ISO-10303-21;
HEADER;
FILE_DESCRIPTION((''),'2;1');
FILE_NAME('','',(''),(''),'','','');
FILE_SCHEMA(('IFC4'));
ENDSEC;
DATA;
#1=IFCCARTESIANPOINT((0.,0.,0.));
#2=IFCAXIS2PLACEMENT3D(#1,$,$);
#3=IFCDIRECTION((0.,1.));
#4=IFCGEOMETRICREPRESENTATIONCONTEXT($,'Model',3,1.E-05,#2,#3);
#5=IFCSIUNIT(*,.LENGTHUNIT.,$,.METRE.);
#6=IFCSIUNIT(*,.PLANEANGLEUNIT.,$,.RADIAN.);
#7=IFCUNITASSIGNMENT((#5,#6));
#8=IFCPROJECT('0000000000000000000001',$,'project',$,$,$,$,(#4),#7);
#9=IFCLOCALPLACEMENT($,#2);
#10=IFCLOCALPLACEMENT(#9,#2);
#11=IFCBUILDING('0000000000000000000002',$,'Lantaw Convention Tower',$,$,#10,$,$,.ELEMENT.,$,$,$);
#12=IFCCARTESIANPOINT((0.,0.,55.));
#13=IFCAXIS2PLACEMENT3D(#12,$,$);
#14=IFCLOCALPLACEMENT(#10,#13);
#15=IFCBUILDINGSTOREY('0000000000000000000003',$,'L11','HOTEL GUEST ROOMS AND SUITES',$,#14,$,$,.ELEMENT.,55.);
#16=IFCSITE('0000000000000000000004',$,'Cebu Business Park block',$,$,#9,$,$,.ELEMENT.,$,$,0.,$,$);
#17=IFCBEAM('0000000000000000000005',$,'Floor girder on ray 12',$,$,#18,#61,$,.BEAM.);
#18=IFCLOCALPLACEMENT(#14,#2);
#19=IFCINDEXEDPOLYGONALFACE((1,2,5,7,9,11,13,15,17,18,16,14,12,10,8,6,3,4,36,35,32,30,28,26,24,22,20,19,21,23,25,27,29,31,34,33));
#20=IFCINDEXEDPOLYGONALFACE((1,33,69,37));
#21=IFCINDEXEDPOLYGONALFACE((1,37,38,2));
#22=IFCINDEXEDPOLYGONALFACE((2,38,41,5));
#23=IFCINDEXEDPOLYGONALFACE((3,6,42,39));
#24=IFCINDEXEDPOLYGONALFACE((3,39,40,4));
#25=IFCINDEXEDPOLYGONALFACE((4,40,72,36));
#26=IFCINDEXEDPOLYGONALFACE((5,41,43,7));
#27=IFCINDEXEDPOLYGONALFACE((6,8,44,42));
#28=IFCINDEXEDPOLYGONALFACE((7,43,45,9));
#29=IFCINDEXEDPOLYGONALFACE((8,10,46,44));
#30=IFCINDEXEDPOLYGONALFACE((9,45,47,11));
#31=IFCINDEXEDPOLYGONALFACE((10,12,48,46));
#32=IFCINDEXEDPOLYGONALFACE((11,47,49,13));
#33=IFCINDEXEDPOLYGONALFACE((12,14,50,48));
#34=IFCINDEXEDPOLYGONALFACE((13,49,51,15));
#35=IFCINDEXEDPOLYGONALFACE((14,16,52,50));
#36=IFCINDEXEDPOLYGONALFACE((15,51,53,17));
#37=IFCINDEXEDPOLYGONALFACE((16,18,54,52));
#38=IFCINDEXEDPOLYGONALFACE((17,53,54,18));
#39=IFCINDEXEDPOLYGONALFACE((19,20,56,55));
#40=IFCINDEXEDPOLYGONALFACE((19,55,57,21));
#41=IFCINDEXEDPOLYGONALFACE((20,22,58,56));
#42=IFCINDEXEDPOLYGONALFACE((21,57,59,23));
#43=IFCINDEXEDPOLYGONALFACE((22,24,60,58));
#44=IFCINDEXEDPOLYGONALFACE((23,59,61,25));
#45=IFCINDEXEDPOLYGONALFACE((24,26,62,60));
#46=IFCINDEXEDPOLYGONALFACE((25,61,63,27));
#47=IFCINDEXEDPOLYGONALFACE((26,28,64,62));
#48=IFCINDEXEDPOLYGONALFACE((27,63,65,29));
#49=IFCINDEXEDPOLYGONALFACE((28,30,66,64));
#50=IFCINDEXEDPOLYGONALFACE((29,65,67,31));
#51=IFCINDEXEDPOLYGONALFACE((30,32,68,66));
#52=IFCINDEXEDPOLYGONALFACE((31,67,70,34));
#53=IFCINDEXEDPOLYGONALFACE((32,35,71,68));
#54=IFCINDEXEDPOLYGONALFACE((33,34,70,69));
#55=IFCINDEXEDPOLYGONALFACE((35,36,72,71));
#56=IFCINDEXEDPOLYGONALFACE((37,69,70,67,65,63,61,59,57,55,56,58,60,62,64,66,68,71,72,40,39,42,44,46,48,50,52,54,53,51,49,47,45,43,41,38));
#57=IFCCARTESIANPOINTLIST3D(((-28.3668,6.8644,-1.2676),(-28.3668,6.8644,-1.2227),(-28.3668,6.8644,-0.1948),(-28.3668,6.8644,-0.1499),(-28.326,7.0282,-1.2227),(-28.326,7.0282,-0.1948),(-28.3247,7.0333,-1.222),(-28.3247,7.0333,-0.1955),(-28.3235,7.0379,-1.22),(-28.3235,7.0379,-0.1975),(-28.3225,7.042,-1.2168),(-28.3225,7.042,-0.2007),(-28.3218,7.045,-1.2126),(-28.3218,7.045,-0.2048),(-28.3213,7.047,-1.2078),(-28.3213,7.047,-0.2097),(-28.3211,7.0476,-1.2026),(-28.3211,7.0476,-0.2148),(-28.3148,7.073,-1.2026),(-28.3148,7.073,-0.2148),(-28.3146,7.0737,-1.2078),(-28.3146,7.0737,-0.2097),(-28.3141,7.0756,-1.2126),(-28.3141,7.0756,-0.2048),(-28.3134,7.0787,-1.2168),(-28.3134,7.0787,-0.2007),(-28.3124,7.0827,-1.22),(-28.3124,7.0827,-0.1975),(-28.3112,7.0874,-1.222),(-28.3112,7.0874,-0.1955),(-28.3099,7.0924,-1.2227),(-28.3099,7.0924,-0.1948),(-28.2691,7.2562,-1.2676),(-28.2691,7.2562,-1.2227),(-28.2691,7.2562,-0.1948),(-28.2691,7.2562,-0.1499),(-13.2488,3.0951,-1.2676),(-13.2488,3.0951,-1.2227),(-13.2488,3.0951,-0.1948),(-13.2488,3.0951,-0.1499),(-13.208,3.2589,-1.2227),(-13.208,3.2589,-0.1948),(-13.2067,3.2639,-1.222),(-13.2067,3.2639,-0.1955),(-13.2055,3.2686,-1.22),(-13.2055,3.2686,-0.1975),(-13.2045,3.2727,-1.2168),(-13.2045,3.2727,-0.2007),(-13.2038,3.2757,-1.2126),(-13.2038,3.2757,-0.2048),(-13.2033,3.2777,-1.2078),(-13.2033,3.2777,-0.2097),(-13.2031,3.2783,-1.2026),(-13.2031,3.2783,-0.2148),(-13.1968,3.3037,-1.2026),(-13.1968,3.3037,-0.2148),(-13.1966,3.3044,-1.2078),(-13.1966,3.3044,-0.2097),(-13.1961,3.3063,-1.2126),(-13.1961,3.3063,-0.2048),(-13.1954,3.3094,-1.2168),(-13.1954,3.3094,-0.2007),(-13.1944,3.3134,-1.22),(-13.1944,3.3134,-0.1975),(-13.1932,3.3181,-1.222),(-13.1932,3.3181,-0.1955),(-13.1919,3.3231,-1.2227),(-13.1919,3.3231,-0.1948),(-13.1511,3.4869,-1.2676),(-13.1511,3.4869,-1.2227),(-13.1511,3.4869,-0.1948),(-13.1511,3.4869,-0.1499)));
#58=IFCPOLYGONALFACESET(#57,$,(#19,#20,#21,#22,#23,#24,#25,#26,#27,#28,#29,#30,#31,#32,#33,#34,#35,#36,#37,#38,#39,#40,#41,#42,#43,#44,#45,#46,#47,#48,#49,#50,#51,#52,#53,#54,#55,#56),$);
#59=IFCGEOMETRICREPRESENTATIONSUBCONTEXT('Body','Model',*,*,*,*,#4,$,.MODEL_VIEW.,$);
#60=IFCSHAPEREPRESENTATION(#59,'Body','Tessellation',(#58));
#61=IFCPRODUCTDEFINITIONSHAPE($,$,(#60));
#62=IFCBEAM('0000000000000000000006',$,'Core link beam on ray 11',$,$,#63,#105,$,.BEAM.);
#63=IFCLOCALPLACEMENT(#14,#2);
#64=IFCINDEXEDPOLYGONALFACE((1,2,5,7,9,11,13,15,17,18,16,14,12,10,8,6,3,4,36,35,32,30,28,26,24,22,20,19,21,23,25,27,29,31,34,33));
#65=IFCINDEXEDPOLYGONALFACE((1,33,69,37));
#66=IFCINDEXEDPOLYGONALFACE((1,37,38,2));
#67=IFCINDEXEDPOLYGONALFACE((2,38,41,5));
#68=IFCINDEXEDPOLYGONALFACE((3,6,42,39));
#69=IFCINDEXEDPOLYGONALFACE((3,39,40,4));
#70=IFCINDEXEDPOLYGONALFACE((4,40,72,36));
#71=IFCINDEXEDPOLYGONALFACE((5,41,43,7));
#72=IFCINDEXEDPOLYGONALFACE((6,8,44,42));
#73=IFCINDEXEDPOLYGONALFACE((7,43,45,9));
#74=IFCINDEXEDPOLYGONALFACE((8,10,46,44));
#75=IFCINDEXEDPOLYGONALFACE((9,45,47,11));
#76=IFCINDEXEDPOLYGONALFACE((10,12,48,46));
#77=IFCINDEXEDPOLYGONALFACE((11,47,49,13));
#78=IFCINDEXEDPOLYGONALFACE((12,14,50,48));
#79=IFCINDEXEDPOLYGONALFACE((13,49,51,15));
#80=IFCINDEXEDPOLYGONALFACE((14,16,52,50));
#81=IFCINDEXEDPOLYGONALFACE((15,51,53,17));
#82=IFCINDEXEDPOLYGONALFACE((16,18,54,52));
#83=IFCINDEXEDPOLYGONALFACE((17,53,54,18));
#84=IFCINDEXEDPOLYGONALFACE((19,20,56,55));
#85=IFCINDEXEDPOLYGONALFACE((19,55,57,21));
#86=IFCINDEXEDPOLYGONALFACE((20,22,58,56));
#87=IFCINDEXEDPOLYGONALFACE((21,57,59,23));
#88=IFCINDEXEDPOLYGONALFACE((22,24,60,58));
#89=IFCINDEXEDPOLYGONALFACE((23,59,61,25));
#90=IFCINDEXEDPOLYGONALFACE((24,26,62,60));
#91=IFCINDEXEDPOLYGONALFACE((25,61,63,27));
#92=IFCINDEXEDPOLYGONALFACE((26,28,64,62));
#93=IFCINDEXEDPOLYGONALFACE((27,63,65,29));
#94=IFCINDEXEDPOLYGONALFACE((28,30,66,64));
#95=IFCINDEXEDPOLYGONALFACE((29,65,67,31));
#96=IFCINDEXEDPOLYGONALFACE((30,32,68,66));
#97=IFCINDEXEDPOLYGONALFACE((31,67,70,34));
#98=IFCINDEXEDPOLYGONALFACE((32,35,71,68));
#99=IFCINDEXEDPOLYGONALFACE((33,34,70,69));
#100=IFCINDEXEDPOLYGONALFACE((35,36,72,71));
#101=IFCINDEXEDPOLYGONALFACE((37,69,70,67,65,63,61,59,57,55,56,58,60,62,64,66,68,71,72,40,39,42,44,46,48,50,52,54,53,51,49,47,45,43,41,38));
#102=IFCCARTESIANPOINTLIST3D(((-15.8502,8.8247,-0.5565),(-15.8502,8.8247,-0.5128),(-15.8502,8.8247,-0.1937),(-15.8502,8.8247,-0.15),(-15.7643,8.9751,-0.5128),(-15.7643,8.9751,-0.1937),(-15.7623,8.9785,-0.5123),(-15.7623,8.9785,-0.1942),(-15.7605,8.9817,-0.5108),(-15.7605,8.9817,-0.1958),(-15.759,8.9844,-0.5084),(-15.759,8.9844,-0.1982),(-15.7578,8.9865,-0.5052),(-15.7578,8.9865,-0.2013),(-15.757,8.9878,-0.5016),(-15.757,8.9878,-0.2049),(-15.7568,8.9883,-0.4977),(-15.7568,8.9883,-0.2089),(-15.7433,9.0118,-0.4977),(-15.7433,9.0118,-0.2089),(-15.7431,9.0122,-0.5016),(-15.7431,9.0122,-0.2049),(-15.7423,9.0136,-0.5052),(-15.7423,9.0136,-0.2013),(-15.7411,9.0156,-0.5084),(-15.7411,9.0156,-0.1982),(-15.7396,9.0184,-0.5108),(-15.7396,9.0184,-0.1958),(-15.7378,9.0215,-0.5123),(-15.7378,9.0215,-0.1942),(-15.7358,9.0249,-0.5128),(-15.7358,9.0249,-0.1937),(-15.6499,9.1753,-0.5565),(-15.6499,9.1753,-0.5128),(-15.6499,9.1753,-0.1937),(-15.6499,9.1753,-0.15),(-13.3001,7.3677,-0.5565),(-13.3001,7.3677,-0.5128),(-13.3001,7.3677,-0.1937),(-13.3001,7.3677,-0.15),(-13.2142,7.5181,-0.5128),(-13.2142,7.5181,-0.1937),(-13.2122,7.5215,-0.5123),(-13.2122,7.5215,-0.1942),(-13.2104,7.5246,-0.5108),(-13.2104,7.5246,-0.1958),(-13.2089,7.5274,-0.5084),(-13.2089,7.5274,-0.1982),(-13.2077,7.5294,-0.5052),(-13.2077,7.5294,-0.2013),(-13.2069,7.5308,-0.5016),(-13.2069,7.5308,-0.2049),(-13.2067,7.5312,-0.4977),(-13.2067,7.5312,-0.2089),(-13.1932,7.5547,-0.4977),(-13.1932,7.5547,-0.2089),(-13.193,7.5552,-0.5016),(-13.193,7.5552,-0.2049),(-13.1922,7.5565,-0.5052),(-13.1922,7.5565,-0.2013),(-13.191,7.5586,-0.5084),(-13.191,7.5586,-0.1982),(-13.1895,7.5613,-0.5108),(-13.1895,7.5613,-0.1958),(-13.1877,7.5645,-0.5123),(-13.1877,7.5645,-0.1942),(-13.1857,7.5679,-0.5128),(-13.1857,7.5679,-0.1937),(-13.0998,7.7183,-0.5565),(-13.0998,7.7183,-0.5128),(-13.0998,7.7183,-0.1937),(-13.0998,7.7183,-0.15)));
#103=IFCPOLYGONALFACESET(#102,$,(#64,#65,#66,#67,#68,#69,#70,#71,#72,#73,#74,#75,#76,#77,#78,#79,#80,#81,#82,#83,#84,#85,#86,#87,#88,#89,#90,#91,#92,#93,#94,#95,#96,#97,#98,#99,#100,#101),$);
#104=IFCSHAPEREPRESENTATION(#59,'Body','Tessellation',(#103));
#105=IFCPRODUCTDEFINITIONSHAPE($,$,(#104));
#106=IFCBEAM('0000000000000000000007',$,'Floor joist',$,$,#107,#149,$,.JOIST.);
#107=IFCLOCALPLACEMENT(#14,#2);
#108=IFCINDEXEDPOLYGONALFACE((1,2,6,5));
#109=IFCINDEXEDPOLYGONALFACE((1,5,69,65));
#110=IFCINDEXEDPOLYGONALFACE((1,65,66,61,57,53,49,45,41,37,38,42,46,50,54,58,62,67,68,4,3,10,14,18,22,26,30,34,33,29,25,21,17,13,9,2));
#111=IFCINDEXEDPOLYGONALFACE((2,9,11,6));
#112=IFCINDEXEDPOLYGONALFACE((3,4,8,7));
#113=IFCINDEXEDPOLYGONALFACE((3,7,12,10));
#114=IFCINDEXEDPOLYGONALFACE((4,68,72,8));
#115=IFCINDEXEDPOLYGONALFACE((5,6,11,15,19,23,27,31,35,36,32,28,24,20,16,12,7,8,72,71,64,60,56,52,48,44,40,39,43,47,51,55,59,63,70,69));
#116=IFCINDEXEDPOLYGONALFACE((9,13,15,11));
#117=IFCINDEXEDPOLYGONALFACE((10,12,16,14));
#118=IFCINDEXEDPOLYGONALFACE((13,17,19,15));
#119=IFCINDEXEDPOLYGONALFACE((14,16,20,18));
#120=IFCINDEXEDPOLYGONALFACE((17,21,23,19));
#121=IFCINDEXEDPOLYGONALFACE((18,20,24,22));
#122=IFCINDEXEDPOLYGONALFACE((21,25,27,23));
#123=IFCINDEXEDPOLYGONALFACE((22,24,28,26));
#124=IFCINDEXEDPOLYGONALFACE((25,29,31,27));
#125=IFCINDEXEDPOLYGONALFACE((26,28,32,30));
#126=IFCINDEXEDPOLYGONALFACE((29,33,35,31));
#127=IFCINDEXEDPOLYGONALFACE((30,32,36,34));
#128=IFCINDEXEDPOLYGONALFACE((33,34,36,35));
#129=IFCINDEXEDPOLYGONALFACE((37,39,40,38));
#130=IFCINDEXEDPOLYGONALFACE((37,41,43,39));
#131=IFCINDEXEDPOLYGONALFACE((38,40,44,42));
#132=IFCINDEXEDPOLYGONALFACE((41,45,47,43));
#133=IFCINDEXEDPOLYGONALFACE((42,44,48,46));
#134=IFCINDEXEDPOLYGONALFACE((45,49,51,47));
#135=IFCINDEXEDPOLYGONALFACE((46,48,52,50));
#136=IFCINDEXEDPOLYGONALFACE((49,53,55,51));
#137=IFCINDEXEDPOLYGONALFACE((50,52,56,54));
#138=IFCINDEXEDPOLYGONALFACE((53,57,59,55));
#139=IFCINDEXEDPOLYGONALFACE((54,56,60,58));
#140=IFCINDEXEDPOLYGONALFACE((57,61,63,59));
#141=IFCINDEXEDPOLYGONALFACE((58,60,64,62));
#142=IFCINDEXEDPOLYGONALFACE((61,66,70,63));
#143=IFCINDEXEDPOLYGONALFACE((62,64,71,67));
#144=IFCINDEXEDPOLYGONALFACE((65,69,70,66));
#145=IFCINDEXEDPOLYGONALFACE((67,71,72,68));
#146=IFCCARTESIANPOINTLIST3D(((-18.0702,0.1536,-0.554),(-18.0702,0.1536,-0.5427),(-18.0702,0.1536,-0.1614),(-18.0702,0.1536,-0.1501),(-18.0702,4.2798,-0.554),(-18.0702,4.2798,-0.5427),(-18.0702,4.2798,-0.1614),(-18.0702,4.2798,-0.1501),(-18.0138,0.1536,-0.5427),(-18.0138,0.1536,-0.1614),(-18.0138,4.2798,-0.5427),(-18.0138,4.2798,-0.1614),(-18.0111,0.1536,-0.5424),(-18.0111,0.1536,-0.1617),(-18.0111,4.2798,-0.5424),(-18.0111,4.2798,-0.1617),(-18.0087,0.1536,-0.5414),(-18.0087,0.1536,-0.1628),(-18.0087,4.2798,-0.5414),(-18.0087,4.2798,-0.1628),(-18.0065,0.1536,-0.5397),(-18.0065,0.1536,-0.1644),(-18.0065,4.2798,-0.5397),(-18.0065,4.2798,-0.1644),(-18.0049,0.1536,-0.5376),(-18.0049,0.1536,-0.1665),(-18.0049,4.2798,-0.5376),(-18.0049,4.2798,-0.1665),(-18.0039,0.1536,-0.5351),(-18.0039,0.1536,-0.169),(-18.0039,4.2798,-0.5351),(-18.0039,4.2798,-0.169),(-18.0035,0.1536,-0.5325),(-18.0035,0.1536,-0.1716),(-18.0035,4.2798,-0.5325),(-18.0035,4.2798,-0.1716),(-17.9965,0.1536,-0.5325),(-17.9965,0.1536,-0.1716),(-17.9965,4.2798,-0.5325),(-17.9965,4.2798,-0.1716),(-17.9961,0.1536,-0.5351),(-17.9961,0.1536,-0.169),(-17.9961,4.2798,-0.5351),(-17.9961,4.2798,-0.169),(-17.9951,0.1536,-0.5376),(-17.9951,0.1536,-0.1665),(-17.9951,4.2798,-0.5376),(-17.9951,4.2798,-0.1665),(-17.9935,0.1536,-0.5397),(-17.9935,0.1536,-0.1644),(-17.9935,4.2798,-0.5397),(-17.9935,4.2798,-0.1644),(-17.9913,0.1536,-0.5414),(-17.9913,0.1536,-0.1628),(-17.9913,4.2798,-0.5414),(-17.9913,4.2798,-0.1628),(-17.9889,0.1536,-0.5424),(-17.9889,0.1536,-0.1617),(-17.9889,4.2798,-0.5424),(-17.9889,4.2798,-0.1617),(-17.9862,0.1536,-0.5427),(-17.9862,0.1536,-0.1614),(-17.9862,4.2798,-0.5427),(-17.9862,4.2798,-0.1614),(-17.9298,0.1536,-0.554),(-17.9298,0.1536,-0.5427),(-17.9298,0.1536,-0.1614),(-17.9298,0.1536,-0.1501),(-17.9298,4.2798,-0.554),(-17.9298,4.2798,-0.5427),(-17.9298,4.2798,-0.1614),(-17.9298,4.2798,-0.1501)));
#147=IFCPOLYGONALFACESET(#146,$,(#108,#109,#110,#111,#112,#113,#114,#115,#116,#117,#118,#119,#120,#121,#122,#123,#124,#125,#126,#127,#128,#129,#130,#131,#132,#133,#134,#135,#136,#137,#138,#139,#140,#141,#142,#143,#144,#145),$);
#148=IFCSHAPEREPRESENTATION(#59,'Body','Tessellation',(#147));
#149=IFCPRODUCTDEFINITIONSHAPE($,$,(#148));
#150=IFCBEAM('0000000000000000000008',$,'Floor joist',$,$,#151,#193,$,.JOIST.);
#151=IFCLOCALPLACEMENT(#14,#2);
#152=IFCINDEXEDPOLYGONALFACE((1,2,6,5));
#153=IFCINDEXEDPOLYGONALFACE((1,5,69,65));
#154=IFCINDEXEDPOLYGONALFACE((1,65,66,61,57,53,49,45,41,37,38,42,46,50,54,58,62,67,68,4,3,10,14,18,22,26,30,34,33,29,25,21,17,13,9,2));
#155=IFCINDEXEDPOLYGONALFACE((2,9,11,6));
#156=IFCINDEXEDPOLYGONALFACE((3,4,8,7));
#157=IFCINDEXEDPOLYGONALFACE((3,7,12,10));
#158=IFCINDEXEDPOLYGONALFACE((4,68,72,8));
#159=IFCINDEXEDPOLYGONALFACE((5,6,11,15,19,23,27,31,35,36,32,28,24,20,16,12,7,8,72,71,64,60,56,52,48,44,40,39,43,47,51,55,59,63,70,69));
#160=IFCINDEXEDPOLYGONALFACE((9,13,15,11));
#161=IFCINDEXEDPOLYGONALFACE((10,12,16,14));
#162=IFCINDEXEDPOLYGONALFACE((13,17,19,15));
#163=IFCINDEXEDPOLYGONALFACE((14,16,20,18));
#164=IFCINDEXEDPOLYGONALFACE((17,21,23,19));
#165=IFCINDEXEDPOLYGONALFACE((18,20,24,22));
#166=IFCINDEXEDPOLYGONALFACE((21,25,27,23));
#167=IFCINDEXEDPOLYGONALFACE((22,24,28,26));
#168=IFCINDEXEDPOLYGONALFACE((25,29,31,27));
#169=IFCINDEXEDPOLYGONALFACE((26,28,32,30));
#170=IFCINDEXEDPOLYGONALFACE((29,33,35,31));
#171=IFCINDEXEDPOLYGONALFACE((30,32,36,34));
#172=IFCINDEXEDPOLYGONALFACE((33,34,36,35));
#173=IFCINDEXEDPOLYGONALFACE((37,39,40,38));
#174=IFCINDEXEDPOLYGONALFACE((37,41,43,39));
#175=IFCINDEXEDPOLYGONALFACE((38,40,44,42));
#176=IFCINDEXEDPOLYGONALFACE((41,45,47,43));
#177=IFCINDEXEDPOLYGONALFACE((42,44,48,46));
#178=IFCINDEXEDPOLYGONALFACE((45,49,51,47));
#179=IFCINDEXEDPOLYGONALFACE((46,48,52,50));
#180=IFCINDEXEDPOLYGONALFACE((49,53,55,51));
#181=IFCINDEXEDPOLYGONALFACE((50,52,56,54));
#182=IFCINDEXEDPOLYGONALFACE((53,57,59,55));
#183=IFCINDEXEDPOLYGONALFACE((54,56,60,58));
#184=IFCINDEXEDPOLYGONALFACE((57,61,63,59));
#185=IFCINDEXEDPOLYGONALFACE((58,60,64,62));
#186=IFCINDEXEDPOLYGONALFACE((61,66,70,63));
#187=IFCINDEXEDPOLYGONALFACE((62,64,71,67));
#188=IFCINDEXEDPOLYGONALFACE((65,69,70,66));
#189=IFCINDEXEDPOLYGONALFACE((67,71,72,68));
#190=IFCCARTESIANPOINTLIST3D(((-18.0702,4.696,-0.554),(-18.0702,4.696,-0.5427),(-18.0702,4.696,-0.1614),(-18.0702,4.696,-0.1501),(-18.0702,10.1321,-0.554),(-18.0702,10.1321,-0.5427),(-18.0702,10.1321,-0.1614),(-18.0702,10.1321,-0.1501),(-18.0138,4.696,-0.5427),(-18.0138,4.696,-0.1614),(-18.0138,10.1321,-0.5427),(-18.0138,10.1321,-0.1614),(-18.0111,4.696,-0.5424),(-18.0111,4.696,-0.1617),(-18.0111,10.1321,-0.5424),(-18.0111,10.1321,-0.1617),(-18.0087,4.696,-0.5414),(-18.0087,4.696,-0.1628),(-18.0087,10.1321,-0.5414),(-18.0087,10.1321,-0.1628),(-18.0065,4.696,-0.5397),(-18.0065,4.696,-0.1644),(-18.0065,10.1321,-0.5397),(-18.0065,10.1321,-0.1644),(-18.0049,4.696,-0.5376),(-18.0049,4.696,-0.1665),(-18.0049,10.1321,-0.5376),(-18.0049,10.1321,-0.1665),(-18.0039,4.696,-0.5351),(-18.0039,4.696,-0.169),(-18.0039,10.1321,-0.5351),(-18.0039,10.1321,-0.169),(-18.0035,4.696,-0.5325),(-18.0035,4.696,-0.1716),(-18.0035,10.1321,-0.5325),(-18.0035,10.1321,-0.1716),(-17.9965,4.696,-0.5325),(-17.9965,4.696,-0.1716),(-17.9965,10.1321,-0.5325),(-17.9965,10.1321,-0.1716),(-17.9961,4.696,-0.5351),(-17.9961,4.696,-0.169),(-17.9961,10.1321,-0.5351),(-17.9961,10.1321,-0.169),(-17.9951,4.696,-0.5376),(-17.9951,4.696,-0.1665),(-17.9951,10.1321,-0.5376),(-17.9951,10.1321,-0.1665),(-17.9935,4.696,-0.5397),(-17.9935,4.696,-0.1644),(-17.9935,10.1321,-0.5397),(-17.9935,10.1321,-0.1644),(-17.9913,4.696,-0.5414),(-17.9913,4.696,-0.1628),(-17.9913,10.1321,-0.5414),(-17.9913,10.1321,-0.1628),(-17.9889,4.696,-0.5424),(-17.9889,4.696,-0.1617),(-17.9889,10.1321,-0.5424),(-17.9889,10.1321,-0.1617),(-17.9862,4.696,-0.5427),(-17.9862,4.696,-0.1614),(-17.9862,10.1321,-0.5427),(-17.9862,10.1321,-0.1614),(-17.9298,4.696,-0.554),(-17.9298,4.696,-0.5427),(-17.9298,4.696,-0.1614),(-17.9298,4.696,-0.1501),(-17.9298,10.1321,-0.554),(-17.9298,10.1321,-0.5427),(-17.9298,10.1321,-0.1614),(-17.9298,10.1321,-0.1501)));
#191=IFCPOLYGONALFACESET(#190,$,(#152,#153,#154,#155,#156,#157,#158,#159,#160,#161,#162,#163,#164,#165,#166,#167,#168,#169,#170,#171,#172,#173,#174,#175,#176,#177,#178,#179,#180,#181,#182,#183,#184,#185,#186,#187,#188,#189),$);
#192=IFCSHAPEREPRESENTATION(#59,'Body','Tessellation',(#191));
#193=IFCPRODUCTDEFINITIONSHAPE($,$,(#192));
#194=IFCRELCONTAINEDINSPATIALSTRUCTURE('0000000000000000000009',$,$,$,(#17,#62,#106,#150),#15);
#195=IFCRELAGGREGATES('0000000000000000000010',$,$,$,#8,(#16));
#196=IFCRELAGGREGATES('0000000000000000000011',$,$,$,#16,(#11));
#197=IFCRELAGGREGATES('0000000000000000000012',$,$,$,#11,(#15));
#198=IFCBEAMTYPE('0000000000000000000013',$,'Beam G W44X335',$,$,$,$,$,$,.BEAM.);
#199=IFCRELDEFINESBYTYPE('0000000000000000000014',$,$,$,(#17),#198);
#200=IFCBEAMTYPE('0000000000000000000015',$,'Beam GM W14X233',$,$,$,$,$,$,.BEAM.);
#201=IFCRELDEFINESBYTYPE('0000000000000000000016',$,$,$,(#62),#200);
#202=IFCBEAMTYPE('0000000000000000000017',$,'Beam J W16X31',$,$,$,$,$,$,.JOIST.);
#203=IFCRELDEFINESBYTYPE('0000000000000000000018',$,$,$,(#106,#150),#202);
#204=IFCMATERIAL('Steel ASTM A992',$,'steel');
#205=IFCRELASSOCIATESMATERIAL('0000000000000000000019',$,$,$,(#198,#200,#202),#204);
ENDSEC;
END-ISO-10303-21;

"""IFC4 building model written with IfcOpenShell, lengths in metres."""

from ifc_helpers import new_model, si_unit, direction, frame, origin, origin_2d, place, context, subcontext, project, spatial, i_section, extrude, material, material_profile, profile_set, type_object, element, save


model = new_model("IFC4")

# Units and contexts
model_context = context("Model", 3, precision=1e-05, world=origin(), true_north=direction((0.0, 1.0)))
body_context = subcontext(model_context, "Body", "Model", "MODEL_VIEW")
ifc_project = project(units=[si_unit("LENGTHUNIT", "METRE"), si_unit("PLANEANGLEUNIT", "RADIAN")], contexts=[model_context])

# Site, building, storey
site_placement = place(None, origin())
site = spatial("IfcSite", under=ifc_project, at=site_placement, Name="Cebu Business Park block", CompositionType="ELEMENT", RefElevation=0.0)
building_placement = place(site_placement, origin())
building = spatial("IfcBuilding", under=site, at=building_placement, Name="Lantaw Convention Tower", CompositionType="ELEMENT")
storey_placement = place(building_placement, frame((0.0, 0.0, 55.0)))
storey = spatial("IfcBuildingStorey", under=building, at=storey_placement, Name="L11", Description="HOTEL GUEST ROOMS AND SUITES", CompositionType="ELEMENT", Elevation=55.0)

# Beams
ifc_material_1 = material(Name="Steel ASTM A992", Category="steel")
ifc_material_profile_1 = material_profile(ifc_material_1, i_section(OverallWidth=0.4038, OverallDepth=1.1177, WebThickness=0.0261, FlangeThickness=0.0449, FilletRadius=0.02, at=origin_2d()), Name="W44X335")
ifc_profile_set_1 = profile_set([ifc_material_profile_1], Name="Steel ASTM A992")
beam_type_1 = type_object("IfcBeamType", Name="Beam G W44X335", PredefinedType="BEAM", material=ifc_profile_set_1)
beam_1_placement = place(storey_placement, frame((-13.2, 3.291, -0.7087), z_axis=(-0.970296, 0.24192, 0.0), x_axis=(-0.24192, -0.970296, 0.0)))
element("IfcBeam", 1, at=beam_1_placement, inside=storey, type_object=beam_type_1, Name="Floor girder on ray 12", PredefinedType="BEAM", context=body_context, shape_type="SweptSolid", body=[
    extrude(i_section(OverallWidth=0.4038, OverallDepth=1.1177, WebThickness=0.0261, FlangeThickness=0.0449, FilletRadius=0.02, at=origin_2d()), origin(), (0.0, 0.0, 1.0), 15.5808),
])
ifc_material_profile_2 = material_profile(ifc_material_1, i_section(OverallWidth=0.4038, OverallDepth=0.4065, WebThickness=0.0271, FlangeThickness=0.0437, FilletRadius=0.0151, at=origin_2d()), Name="W14X233")
ifc_profile_set_2 = profile_set([ifc_material_profile_2], Name="Steel ASTM A992")
beam_type_2 = type_object("IfcBeamType", Name="Beam GM W14X233", PredefinedType="BEAM", material=ifc_profile_set_2)
beam_2_placement = place(storey_placement, frame((-13.2, 7.543, -0.3533), z_axis=(-0.868264, 0.496103, 0.0), x_axis=(-0.496103, -0.868264, 0.0)))
element("IfcBeam", 2, at=beam_2_placement, inside=storey, type_object=beam_type_2, Name="Core link beam on ray 11", PredefinedType="BEAM", context=body_context, shape_type="SweptSolid", body=[
    extrude(i_section(OverallWidth=0.4038, OverallDepth=0.4065, WebThickness=0.0271, FlangeThickness=0.0437, FilletRadius=0.0151, at=origin_2d()), origin(), (0.0, 0.0, 1.0), 2.937),
])
ifc_material_profile_3 = material_profile(ifc_material_1, i_section(OverallWidth=0.1404, OverallDepth=0.4038, WebThickness=0.0071, FlangeThickness=0.0112, FilletRadius=0.0103, at=origin_2d()), Name="W16X31")
ifc_profile_set_3 = profile_set([ifc_material_profile_3], Name="Steel ASTM A992")
beam_type_3 = type_object("IfcBeamType", Name="Beam J W16X31", PredefinedType="JOIST", material=ifc_profile_set_3)
beam_3_placement = place(storey_placement, frame((-18.0, 0.1536, -0.3521), z_axis=(0.0, 1.0, 0.0), x_axis=(-1.0, 0.0, 0.0)))
element("IfcBeam", 3, at=beam_3_placement, inside=storey, type_object=beam_type_3, Name="Floor joist", PredefinedType="JOIST", context=body_context, shape_type="SweptSolid", body=[
    extrude(i_section(OverallWidth=0.1404, OverallDepth=0.4038, WebThickness=0.0071, FlangeThickness=0.0112, FilletRadius=0.0103, at=origin_2d()), origin(), (0.0, 0.0, 1.0), 4.1262),
])
beam_4_placement = place(storey_placement, frame((-18.0, 4.696, -0.3521), z_axis=(0.0, 1.0, 0.0), x_axis=(-1.0, 0.0, 0.0)))
element("IfcBeam", 4, at=beam_4_placement, inside=storey, type_object=beam_type_3, Name="Floor joist", PredefinedType="JOIST", context=body_context, shape_type="SweptSolid", body=[
    extrude(i_section(OverallWidth=0.1404, OverallDepth=0.4038, WebThickness=0.0071, FlangeThickness=0.0112, FilletRadius=0.0103, at=origin_2d()), origin(), (0.0, 0.0, 1.0), 5.436),
])

save(model, "model.ifc")
